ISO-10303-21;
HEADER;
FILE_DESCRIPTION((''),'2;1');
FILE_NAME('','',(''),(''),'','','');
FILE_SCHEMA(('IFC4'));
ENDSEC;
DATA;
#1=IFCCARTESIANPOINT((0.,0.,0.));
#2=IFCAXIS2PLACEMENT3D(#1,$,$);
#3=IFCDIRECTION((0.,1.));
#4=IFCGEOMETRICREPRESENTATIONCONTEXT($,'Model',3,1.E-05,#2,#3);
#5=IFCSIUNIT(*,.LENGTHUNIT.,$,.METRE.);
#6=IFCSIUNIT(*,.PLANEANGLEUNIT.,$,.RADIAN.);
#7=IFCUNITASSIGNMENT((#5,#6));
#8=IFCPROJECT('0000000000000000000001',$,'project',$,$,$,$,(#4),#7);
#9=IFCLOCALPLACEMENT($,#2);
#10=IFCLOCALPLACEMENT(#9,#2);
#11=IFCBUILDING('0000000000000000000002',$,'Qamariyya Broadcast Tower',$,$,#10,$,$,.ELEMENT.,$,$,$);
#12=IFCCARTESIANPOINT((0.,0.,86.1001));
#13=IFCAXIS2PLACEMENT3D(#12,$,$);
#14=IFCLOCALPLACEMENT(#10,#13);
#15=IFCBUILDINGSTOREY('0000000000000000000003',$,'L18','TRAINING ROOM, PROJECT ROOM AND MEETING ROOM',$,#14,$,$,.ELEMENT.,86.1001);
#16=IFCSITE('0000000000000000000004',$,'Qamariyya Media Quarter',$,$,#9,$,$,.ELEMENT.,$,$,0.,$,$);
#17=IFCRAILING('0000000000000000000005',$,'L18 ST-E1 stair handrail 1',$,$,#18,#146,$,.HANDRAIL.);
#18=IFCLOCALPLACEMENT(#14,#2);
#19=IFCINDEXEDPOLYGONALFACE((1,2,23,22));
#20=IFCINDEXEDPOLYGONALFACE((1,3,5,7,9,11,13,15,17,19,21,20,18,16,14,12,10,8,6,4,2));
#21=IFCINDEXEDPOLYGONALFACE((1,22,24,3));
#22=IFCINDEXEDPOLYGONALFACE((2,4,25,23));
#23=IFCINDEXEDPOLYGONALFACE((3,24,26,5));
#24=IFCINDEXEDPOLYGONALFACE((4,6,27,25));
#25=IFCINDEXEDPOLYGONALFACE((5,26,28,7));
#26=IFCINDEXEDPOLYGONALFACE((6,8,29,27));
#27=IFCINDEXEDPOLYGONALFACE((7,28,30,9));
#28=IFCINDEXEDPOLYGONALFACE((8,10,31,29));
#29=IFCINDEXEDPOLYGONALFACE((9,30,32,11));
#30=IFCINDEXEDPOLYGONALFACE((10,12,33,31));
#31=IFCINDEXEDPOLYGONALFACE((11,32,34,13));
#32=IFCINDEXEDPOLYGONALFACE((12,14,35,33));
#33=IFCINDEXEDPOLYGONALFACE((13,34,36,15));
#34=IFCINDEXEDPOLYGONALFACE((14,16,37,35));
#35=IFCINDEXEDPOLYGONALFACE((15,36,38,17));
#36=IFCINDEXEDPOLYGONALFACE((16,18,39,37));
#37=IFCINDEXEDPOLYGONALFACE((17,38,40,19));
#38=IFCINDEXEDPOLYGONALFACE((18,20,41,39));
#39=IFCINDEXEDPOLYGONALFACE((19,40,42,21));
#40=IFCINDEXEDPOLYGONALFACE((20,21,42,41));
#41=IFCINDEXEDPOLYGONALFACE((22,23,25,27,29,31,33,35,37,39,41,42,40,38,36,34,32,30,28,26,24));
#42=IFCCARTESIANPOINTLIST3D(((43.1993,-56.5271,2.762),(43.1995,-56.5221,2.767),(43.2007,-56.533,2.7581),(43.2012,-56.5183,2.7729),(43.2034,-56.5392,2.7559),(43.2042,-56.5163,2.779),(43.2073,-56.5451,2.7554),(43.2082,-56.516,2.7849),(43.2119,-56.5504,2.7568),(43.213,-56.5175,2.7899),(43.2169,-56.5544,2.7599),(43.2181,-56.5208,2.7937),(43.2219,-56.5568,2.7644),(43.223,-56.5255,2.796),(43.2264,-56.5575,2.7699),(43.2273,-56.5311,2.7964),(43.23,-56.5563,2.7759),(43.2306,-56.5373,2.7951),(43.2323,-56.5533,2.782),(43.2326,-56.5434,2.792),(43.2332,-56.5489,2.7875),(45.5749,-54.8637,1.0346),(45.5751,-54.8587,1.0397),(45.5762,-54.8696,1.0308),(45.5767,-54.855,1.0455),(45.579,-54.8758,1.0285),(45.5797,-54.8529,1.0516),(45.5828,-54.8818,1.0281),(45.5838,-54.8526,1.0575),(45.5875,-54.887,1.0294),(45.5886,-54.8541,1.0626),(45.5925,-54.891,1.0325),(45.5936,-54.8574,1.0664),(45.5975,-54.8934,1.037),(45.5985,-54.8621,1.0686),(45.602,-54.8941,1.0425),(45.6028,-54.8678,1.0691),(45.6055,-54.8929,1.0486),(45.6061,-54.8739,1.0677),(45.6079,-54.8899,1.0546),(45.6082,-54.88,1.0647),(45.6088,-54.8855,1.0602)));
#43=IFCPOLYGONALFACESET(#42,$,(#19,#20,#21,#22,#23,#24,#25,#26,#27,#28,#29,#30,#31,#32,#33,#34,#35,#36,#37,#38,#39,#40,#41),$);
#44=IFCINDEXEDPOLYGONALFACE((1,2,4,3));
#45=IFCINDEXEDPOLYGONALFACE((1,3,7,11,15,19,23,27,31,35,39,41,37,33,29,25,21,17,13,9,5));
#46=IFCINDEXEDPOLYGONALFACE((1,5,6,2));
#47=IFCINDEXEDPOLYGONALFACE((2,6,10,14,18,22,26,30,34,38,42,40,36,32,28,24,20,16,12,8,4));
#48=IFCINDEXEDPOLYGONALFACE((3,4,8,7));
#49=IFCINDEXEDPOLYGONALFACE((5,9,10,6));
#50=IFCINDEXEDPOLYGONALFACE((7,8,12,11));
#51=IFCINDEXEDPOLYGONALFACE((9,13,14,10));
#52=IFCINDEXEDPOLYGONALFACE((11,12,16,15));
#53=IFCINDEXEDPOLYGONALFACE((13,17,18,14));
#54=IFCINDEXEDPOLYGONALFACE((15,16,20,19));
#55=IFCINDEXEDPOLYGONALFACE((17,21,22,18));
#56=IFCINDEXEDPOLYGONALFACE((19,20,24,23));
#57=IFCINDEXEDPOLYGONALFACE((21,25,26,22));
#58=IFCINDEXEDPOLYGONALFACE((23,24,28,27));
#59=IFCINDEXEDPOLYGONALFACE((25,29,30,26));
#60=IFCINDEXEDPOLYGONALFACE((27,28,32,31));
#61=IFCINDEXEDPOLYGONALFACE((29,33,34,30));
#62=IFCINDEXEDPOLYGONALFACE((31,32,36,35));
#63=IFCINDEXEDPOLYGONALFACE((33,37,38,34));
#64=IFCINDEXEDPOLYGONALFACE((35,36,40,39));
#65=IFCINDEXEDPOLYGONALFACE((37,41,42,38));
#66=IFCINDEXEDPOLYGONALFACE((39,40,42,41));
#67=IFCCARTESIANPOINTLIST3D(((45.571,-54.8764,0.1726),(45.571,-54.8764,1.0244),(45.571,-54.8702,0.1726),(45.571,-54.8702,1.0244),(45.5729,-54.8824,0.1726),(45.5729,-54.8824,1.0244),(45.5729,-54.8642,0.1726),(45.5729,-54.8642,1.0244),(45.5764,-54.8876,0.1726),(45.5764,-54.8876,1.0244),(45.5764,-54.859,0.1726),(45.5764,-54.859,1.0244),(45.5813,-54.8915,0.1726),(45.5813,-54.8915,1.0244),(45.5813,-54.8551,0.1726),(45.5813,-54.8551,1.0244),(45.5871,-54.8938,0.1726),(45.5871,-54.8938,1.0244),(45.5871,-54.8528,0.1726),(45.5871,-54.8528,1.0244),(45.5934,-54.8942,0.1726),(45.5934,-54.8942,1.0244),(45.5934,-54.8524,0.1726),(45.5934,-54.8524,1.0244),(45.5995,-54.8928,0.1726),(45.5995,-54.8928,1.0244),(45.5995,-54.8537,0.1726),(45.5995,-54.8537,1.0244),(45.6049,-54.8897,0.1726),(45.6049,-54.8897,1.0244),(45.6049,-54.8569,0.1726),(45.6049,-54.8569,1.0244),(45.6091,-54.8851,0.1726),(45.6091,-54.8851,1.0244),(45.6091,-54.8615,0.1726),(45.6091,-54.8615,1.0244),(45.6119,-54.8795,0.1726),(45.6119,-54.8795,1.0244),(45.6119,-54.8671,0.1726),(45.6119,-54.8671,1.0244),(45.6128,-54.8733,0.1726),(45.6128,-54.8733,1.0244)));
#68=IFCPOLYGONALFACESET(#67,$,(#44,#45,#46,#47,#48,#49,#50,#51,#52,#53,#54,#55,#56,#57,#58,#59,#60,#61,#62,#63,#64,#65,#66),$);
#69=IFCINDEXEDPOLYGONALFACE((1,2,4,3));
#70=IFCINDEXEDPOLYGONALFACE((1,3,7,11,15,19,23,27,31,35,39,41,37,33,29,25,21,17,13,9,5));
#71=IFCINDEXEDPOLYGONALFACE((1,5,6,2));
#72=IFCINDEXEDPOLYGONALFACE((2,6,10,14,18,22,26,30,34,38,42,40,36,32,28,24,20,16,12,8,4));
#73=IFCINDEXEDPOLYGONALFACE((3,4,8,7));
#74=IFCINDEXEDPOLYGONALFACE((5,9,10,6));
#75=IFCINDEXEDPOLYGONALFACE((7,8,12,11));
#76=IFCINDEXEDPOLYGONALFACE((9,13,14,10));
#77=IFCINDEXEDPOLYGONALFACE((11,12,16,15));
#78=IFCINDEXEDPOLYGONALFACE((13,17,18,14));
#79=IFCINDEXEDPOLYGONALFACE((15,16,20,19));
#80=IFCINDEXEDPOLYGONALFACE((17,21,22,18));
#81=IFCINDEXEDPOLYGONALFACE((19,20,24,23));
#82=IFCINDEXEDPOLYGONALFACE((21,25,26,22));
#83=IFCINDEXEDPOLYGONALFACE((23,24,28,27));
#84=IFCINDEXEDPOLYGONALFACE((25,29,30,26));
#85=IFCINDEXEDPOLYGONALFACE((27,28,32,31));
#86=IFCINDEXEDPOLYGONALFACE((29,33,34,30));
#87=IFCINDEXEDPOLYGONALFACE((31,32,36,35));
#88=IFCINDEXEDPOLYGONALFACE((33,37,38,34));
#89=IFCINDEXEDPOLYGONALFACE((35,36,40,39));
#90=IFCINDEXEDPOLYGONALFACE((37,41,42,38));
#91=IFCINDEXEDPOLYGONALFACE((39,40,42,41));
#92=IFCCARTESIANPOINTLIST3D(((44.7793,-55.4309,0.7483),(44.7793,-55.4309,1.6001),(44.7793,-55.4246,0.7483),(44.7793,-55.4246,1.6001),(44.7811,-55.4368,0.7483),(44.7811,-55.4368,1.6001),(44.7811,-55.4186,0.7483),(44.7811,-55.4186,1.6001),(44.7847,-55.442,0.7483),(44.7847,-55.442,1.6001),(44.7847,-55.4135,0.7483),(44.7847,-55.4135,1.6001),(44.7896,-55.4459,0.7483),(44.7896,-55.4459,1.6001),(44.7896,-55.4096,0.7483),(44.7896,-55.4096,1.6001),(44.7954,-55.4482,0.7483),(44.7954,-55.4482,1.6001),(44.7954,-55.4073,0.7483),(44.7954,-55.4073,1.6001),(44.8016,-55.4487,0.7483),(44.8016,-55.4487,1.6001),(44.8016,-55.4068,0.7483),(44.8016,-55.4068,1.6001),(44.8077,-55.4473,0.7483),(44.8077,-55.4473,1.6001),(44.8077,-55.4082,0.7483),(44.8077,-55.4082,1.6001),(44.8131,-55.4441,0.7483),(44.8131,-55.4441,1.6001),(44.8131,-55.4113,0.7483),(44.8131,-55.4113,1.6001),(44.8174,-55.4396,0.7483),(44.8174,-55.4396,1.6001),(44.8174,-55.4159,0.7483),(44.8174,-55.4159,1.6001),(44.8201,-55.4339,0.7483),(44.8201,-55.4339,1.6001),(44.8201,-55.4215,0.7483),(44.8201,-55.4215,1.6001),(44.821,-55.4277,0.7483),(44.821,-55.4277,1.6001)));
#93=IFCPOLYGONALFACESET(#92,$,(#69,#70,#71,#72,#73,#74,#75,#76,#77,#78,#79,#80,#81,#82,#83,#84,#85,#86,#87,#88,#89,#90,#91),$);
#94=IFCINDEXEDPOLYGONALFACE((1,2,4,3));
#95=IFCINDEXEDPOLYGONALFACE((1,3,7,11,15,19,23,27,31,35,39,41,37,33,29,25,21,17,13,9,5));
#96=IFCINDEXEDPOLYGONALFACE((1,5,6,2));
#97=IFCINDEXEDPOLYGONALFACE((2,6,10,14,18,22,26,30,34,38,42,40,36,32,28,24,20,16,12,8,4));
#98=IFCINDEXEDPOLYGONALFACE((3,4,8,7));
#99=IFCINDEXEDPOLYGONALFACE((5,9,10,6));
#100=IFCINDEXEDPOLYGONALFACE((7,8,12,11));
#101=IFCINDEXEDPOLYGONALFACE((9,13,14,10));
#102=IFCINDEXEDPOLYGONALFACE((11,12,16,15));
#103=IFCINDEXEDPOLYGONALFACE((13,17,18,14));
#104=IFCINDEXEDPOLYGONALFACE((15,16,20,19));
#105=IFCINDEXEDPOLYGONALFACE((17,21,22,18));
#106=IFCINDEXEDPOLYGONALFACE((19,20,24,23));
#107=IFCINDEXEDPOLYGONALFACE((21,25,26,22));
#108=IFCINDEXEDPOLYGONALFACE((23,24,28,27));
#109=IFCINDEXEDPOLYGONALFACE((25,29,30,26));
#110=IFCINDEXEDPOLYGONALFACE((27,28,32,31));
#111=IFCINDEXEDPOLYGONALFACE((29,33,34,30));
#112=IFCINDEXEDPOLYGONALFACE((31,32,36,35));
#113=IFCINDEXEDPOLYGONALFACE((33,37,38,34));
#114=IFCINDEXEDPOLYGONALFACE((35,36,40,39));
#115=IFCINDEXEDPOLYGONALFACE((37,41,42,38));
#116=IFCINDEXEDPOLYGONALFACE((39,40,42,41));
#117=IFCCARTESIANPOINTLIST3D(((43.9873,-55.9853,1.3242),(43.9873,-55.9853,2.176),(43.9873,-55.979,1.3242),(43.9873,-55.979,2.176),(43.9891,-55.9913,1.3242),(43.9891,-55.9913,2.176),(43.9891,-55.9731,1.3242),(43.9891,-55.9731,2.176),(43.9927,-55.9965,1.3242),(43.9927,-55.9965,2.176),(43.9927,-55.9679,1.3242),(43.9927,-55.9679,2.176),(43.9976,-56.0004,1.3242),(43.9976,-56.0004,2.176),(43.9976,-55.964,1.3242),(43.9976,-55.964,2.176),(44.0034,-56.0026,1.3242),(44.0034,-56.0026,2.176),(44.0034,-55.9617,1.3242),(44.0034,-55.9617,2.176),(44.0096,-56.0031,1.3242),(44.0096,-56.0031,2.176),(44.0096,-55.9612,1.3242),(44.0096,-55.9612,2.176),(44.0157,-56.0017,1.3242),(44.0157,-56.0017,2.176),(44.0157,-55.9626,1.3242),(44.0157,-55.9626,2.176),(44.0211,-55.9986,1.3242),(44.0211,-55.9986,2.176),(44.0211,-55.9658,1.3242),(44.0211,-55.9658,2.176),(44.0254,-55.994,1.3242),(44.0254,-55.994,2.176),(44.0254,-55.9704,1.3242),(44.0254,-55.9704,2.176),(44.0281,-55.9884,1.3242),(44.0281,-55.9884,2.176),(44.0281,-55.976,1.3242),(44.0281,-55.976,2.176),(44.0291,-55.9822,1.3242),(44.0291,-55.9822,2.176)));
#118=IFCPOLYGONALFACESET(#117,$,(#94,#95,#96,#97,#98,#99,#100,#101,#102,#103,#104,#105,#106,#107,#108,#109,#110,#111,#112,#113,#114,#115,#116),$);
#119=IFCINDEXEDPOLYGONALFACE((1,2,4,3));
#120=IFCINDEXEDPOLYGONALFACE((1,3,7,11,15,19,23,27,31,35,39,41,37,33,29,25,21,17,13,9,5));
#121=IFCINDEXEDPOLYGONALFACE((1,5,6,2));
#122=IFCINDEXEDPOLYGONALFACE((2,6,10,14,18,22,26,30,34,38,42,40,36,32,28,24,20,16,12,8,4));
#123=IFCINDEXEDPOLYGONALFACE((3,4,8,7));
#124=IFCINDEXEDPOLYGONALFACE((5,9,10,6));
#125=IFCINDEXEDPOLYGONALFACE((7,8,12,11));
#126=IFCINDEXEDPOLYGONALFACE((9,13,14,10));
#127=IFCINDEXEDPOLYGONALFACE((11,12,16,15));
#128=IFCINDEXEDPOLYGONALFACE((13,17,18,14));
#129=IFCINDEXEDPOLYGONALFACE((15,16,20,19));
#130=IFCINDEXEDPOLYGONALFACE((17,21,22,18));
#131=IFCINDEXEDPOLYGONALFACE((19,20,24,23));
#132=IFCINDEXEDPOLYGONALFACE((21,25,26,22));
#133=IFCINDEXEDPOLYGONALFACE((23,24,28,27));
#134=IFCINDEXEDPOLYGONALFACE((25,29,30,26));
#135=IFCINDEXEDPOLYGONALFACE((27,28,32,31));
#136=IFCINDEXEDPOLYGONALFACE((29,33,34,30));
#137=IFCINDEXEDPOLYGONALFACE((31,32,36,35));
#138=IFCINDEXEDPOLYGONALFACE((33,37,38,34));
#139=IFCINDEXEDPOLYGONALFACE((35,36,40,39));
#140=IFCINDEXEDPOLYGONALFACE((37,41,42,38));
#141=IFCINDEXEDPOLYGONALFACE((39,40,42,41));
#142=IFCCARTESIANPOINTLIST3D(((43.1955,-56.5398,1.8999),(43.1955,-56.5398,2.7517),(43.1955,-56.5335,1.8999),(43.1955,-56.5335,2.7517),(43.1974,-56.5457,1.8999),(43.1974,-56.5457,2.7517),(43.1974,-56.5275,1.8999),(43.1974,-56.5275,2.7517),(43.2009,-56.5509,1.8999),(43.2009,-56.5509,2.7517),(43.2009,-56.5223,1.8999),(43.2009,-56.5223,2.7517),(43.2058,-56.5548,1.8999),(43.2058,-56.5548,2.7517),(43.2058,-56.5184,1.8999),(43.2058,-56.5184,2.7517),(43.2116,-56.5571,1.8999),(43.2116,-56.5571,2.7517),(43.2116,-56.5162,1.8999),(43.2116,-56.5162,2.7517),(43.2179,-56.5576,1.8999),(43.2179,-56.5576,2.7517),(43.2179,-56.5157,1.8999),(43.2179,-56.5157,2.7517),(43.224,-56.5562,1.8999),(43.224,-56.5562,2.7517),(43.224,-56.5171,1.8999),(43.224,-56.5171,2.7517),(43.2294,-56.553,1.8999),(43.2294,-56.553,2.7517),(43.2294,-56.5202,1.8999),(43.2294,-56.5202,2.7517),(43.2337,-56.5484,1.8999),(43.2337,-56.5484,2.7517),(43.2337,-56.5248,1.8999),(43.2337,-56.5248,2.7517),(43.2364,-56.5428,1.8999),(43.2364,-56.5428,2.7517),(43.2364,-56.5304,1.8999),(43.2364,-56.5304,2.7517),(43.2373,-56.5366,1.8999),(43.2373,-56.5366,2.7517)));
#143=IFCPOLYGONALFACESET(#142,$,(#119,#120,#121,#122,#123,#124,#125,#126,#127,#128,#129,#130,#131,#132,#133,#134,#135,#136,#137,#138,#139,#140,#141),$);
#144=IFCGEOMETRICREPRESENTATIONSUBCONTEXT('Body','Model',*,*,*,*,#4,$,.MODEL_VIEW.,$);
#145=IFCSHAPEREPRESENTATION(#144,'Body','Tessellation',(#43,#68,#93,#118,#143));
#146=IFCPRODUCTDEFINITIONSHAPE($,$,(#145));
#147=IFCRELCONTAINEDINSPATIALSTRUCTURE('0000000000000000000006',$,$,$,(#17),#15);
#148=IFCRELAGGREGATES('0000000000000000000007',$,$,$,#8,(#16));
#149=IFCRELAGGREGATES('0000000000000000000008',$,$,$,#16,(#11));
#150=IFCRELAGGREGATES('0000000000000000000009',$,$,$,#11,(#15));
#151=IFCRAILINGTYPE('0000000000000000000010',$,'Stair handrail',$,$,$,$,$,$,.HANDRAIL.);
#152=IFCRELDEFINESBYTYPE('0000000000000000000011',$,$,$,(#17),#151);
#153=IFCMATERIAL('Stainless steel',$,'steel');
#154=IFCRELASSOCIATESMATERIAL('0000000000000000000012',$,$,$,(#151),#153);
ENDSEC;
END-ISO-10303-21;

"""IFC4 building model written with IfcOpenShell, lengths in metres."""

from ifc_helpers import new_model, si_unit, direction, frame, origin, origin_2d, place, context, subcontext, project, spatial, circle, extrude, material, type_object, element, save


model = new_model("IFC4")

# Units and contexts
model_context = context("Model", 3, precision=1e-05, world=origin(), true_north=direction((0.0, 1.0)))
body_context = subcontext(model_context, "Body", "Model", "MODEL_VIEW")
ifc_project = project(units=[si_unit("LENGTHUNIT", "METRE"), si_unit("PLANEANGLEUNIT", "RADIAN")], contexts=[model_context])

# Site, building, storey
site_placement = place(None, origin())
site = spatial("IfcSite", under=ifc_project, at=site_placement, Name="Qamariyya Media Quarter", CompositionType="ELEMENT", RefElevation=0.0)
building_placement = place(site_placement, origin())
building = spatial("IfcBuilding", under=site, at=building_placement, Name="Qamariyya Broadcast Tower", CompositionType="ELEMENT")
storey_placement = place(building_placement, frame((0.0, 0.0, 86.1001)))
storey = spatial("IfcBuildingStorey", under=building, at=storey_placement, Name="L18", Description="TRAINING ROOM, PROJECT ROOM AND MEETING ROOM", CompositionType="ELEMENT", Elevation=86.1001)

# Railing
ifc_material_1 = material(Name="Stainless steel", Category="steel")
railing_type_1 = type_object("IfcRailingType", Name="Stair handrail", PredefinedType="HANDRAIL", material=ifc_material_1)
railing_1_placement = place(storey_placement, frame((45.5918, -54.8733, 0.1726)))
element("IfcRailing", 1, at=railing_1_placement, inside=storey, type_object=railing_type_1, Name="L18 ST-E1 stair handrail 1", PredefinedType="HANDRAIL", context=body_context, shape_type="SweptSolid", body=[
    extrude(circle(Radius=0.0239, at=origin_2d()), frame((0.0, 0.0, 0.876), z_axis=(-0.70377, -0.492784, 0.511734), x_axis=(0.573575, -0.819153, 0.0)), (0.0, 0.0, 1.0), 3.3755),
    extrude(circle(Radius=0.021, at=origin_2d()), origin(), (0.0, 0.0, 1.0), 0.8518),
    extrude(circle(Radius=0.021, at=origin_2d()), frame((-0.7917, -0.5544, 0.5757)), (0.0, 0.0, 1.0), 0.8518),
    extrude(circle(Radius=0.021, at=origin_2d()), frame((-1.5837, -1.1089, 1.1516)), (0.0, 0.0, 1.0), 0.8518),
    extrude(circle(Radius=0.021, at=origin_2d()), frame((-2.3755, -1.6633, 1.7273)), (0.0, 0.0, 1.0), 0.8518),
])

save(model, "model.ifc")
